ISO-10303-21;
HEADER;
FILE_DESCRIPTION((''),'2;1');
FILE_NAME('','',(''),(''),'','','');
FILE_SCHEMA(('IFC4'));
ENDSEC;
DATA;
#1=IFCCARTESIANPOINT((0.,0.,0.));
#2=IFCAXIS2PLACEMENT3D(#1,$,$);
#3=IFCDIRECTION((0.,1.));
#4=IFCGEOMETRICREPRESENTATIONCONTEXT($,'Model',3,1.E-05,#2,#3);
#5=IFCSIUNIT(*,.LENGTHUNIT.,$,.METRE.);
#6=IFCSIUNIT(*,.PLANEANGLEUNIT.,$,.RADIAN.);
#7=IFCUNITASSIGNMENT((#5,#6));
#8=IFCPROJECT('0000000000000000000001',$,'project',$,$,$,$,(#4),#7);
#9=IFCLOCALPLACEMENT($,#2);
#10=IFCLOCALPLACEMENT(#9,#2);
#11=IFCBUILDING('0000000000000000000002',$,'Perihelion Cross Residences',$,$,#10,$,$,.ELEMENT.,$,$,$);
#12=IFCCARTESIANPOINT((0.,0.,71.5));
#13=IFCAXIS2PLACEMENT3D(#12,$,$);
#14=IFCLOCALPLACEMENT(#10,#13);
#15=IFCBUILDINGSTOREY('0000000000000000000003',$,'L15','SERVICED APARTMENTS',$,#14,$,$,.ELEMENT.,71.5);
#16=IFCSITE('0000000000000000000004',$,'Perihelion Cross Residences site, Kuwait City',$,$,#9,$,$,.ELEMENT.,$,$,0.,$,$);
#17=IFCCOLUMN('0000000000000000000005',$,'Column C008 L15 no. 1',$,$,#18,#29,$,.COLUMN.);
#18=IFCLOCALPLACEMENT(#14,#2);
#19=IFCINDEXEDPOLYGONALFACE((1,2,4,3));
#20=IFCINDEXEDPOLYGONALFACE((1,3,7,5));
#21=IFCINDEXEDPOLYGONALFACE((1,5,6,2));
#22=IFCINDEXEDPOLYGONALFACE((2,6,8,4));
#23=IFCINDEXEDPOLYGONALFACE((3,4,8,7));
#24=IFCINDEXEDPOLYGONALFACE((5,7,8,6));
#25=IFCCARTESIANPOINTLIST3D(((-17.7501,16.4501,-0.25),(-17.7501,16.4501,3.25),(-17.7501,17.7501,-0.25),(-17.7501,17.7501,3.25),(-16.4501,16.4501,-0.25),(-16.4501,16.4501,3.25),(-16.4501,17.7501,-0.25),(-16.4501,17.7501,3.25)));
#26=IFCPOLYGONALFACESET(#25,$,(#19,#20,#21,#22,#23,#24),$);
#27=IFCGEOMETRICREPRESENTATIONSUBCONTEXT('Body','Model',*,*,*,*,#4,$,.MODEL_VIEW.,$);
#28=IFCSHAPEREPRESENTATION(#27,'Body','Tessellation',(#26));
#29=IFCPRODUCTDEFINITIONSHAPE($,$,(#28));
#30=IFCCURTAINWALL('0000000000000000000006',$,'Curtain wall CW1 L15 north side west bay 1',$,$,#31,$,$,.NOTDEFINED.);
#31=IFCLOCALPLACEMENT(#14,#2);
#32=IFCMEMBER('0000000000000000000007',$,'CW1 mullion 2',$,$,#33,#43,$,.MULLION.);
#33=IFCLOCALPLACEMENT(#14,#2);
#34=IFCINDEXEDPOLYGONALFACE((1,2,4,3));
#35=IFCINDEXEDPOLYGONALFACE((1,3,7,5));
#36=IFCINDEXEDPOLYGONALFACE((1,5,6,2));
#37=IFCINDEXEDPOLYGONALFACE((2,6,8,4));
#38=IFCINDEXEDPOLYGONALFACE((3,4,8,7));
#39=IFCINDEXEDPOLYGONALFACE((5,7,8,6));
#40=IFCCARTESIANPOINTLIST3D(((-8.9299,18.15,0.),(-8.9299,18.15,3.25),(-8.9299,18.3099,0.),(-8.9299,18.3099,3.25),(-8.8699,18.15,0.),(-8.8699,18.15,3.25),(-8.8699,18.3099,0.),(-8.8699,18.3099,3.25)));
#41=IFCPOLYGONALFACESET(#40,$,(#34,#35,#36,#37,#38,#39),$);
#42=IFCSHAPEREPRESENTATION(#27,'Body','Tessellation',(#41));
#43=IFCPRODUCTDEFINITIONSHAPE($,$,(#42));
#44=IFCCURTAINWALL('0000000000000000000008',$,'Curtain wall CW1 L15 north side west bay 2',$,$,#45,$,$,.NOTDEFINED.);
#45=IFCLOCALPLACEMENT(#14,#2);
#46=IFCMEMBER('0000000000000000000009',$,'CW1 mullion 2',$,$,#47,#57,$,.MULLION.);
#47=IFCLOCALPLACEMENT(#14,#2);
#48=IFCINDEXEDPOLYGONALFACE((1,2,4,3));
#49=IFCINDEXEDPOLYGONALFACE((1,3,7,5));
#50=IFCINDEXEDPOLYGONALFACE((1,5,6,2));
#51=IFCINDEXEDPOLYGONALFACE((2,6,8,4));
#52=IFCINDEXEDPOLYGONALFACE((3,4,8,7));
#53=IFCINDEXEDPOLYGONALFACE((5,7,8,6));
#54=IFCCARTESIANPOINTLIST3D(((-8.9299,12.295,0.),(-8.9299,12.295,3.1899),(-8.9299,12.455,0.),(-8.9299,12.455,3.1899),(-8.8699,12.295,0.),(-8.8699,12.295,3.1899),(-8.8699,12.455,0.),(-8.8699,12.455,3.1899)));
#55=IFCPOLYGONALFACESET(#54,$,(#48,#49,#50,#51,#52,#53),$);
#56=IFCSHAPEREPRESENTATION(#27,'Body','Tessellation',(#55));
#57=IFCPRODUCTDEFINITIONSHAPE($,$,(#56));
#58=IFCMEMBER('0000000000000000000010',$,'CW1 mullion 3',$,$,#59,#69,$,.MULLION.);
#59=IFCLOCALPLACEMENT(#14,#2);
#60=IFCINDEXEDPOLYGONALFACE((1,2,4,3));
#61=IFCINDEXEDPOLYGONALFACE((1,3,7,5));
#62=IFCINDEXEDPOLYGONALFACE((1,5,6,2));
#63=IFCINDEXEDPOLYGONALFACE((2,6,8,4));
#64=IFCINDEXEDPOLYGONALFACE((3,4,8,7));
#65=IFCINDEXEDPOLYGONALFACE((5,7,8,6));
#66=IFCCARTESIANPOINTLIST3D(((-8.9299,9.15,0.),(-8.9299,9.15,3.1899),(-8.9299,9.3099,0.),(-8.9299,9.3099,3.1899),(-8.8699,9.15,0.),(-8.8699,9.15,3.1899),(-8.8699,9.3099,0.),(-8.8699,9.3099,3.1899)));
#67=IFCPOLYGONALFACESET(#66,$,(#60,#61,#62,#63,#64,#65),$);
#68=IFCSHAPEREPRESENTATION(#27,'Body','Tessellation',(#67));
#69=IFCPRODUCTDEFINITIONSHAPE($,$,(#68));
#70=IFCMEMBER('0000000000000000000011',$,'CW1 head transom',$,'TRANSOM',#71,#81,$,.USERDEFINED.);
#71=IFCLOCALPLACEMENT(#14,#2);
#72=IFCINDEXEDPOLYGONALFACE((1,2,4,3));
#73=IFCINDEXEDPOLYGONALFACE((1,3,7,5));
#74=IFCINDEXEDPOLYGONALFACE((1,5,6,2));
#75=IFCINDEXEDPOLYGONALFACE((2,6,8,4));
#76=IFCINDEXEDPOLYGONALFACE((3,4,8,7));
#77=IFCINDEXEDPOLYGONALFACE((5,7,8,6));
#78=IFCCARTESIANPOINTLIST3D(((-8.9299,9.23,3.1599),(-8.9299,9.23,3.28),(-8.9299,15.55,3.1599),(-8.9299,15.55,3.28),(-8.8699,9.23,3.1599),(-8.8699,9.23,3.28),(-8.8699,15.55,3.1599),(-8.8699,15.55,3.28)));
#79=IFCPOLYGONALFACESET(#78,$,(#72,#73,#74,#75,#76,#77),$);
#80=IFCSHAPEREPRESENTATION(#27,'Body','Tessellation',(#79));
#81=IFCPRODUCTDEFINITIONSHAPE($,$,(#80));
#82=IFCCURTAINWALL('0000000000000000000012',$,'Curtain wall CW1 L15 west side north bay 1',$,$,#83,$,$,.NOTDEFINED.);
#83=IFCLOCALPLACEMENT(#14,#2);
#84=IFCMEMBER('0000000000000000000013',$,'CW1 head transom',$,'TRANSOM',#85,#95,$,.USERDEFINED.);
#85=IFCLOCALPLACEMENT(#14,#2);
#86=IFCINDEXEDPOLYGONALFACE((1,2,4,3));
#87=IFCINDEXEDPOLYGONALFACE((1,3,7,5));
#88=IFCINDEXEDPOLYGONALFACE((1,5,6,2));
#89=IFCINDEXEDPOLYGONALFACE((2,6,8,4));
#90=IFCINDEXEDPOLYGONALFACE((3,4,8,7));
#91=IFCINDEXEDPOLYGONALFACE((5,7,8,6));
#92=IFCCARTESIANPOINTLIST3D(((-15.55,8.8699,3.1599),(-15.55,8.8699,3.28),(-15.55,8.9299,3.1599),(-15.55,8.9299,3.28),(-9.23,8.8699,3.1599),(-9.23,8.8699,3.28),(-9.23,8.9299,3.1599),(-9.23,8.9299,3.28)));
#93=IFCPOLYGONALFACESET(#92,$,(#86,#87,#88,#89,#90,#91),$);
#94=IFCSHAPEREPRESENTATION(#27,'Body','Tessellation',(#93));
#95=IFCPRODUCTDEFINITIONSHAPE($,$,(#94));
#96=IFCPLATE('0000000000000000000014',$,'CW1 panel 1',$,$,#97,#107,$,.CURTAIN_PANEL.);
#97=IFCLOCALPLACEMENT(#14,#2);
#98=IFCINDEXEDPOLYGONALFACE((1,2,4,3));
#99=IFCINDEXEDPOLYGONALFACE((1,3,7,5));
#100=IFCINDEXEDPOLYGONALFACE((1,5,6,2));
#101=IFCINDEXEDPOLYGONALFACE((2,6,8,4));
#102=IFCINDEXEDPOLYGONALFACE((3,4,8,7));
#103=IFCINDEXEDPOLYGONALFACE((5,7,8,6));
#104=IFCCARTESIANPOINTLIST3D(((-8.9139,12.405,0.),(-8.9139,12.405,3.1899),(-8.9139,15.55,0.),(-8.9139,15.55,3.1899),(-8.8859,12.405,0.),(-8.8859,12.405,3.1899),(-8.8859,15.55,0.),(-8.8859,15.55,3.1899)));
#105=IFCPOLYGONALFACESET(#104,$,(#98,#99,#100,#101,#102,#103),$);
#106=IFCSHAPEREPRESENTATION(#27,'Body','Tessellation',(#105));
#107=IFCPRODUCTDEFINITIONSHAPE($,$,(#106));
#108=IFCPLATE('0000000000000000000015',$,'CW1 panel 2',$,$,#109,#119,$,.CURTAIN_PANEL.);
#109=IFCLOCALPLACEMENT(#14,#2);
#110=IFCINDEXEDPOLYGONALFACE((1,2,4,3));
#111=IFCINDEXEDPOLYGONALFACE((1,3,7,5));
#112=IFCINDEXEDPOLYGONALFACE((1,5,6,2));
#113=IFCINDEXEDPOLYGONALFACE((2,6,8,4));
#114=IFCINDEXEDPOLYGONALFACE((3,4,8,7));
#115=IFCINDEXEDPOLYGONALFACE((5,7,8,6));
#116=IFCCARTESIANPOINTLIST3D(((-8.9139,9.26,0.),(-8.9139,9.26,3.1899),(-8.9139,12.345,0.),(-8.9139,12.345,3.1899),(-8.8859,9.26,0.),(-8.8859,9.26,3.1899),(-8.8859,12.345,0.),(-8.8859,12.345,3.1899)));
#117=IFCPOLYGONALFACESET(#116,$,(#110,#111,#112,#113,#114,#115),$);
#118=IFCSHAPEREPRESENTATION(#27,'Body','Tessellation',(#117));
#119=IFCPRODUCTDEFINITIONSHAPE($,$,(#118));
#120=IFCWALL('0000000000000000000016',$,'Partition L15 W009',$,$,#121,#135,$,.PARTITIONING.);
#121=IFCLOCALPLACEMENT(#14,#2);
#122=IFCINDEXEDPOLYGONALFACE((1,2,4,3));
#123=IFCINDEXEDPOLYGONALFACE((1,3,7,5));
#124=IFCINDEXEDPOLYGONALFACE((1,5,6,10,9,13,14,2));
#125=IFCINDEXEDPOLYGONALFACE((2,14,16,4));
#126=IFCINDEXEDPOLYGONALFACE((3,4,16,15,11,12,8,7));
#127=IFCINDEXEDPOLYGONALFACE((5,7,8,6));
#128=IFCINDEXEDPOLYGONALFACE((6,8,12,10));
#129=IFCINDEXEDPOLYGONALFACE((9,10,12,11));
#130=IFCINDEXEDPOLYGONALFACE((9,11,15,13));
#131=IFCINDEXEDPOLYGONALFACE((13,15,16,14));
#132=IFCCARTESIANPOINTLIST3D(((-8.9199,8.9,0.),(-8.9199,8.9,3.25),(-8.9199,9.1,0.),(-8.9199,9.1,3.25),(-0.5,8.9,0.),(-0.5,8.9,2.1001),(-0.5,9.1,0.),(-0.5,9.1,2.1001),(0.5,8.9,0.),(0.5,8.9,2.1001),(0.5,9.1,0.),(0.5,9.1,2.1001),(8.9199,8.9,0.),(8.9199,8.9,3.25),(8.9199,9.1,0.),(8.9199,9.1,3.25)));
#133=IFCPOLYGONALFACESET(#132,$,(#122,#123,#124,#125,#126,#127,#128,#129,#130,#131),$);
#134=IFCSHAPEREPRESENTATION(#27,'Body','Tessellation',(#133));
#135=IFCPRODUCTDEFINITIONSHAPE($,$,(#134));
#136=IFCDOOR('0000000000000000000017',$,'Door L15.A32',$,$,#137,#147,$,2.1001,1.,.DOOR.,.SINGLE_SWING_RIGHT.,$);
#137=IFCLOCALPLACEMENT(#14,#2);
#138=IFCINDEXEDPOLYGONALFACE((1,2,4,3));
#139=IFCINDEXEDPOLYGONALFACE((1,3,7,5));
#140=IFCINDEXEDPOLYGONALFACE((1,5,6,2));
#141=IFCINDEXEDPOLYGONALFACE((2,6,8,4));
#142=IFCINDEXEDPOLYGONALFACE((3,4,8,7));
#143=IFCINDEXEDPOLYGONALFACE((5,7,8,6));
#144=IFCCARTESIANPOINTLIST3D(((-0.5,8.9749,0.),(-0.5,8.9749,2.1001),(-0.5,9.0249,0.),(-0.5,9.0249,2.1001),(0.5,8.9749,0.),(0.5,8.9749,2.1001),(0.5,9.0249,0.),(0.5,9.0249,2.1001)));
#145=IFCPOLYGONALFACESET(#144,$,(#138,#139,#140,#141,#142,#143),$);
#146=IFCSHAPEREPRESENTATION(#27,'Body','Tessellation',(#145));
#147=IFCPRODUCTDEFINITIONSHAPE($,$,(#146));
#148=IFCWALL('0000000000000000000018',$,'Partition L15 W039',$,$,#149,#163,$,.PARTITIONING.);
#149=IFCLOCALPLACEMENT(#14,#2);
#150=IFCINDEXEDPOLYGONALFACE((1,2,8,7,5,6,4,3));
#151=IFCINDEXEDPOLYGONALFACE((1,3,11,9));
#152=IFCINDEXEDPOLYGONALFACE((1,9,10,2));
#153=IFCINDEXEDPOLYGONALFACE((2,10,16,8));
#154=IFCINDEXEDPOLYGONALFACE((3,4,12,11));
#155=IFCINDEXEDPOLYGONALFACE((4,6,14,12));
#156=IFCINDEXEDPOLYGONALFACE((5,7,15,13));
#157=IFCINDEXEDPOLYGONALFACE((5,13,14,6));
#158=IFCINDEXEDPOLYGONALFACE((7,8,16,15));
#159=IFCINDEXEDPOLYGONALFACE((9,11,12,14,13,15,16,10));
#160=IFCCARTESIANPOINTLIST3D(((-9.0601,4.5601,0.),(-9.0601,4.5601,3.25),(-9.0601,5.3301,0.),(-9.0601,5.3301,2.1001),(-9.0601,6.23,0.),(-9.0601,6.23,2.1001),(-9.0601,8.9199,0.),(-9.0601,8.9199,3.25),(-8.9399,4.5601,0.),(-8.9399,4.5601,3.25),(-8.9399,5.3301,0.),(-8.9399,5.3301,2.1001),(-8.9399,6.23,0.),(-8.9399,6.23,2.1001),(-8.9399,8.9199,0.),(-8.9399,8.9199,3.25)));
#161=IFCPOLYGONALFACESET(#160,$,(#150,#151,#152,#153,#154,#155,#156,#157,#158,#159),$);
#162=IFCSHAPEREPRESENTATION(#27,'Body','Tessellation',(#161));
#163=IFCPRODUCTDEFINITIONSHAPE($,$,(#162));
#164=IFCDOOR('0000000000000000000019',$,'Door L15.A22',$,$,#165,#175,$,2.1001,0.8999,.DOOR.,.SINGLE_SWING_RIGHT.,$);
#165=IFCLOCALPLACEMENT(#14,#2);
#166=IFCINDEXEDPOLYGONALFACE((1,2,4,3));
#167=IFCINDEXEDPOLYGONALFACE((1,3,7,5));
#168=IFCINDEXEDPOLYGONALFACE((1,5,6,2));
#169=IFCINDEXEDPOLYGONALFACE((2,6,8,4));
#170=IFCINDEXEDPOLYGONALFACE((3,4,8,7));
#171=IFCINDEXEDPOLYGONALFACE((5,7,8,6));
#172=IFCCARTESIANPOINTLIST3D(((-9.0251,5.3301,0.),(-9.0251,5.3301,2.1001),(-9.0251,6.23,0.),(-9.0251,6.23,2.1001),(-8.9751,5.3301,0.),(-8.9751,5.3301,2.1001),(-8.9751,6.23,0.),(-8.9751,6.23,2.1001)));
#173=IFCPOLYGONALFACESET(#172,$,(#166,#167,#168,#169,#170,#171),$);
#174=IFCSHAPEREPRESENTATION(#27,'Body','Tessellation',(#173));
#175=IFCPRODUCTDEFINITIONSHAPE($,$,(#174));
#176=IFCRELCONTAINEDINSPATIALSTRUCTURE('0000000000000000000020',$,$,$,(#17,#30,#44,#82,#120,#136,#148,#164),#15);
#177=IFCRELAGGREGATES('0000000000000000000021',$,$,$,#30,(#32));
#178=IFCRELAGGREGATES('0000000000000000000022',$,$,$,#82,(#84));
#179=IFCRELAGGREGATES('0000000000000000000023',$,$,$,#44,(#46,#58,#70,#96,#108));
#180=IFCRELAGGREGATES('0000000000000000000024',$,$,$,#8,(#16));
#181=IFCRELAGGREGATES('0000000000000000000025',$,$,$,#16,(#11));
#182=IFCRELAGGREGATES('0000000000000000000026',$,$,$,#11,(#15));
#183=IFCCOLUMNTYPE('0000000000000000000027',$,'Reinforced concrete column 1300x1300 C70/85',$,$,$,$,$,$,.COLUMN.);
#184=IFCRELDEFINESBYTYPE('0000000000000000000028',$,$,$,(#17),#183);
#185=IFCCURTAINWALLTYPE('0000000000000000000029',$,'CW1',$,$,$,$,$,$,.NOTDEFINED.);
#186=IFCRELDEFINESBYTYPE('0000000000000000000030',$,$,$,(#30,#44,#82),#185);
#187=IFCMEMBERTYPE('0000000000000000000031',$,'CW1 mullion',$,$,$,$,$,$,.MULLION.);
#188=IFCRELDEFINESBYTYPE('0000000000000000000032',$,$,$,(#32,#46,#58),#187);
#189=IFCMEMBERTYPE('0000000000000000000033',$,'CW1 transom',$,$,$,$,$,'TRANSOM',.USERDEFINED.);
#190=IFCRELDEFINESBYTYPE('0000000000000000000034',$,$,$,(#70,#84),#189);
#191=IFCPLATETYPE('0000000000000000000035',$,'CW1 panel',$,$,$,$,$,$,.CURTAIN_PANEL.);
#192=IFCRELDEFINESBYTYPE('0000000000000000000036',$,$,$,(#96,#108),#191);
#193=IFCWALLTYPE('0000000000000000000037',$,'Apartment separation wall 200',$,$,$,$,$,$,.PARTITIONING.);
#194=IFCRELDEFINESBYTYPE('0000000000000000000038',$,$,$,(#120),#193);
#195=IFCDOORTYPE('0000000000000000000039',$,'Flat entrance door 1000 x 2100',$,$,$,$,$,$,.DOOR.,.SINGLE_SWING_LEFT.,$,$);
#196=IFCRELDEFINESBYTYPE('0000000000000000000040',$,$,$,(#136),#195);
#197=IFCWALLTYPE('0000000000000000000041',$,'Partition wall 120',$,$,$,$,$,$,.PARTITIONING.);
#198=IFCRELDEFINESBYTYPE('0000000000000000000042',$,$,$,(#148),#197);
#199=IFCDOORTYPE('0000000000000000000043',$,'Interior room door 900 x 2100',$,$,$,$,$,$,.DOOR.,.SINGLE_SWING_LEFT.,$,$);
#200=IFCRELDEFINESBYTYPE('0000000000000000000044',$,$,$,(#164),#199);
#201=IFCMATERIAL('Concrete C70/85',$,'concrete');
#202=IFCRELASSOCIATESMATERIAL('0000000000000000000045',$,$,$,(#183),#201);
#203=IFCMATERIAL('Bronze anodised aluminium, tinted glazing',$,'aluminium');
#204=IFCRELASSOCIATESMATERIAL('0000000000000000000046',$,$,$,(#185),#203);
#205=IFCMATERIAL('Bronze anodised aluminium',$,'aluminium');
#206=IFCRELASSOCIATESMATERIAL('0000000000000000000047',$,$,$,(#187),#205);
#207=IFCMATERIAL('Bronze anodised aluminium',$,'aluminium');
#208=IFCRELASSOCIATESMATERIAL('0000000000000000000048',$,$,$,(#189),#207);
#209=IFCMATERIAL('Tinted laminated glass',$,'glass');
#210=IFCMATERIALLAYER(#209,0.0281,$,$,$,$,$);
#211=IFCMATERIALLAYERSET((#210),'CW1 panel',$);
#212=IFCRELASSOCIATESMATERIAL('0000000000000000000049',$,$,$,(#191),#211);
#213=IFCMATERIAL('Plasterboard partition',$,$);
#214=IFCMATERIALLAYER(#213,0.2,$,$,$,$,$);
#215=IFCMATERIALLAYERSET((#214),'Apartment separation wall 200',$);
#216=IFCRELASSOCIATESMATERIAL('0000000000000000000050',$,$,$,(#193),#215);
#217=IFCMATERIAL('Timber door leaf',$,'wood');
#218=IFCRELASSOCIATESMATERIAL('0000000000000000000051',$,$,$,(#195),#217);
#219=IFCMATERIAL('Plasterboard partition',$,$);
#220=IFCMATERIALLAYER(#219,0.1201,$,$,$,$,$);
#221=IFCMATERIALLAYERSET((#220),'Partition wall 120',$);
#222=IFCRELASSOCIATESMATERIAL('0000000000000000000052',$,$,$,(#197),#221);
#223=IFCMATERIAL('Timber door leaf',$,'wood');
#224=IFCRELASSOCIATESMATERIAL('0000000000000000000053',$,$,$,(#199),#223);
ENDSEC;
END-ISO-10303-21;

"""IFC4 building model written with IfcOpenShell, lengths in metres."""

from ifc_helpers import new_model, si_unit, direction, frame, frame_2d, origin, origin_2d, place, context, subcontext, project, spatial, rectangle, extrude, material, layer, layer_set, material_profile, profile_set, type_object, element, fill, aggregate, save


model = new_model("IFC4")

# Units and contexts
model_context = context("Model", 3, precision=1e-05, world=origin(), true_north=direction((0.0, 1.0)))
body_context = subcontext(model_context, "Body", "Model", "MODEL_VIEW")
ifc_project = project(units=[si_unit("LENGTHUNIT", "METRE"), si_unit("PLANEANGLEUNIT", "RADIAN")], contexts=[model_context])

# Site, building, storey
site_placement = place(None, origin())
site = spatial("IfcSite", under=ifc_project, at=site_placement, Name="Perihelion Cross Residences site, Kuwait City", CompositionType="ELEMENT", RefElevation=0.0)
building_placement = place(site_placement, origin())
building = spatial("IfcBuilding", under=site, at=building_placement, Name="Perihelion Cross Residences", CompositionType="ELEMENT")
storey_placement = place(building_placement, frame((0.0, 0.0, 71.5)))
storey = spatial("IfcBuildingStorey", under=building, at=storey_placement, Name="L15", Description="SERVICED APARTMENTS", CompositionType="ELEMENT", Elevation=71.5)

# Column
ifc_material_1 = material(Name="Concrete C70/85", Category="concrete")
ifc_material_profile_1 = material_profile(ifc_material_1, rectangle(XDim=1.3, YDim=1.3, at=origin_2d()), Name="RC 1300x1300")
ifc_profile_set_1 = profile_set([ifc_material_profile_1], Name="Concrete C70/85")
column_type = type_object("IfcColumnType", Name="Reinforced concrete column 1300x1300 C70/85", PredefinedType="COLUMN", material=ifc_profile_set_1)
column_placement = place(storey_placement, frame((-17.1001, 17.1001, -0.25), z_axis=(0.0, 0.0, 1.0), x_axis=(1.0, 0.0, 0.0)))
element("IfcColumn", 1, at=column_placement, inside=storey, type_object=column_type, Name="Column C008 L15 no. 1", PredefinedType="COLUMN", context=body_context, shape_type="SweptSolid", body=[
    extrude(rectangle(XDim=1.3, YDim=1.3, at=origin_2d()), origin(), (0.0, 0.0, 1.0), 3.5),
])

# Curtain wall, member
ifc_material_2 = material(Name="Bronze anodised aluminium, tinted glazing", Category="aluminium")
curtain_wall_type = type_object("IfcCurtainWallType", Name="CW1", PredefinedType="NOTDEFINED", material=ifc_material_2)
curtain_wall_1_placement = place(storey_placement, origin())
curtain_wall_1 = element("IfcCurtainWall", 2, at=curtain_wall_1_placement, inside=storey, type_object=curtain_wall_type, Name="Curtain wall CW1 L15 north side west bay 1", PredefinedType="NOTDEFINED")
ifc_material_3 = material(Name="Bronze anodised aluminium", Category="aluminium")
ifc_material_profile_2 = material_profile(ifc_material_3, rectangle(XDim=0.0601, YDim=0.1599, at=origin_2d()), Name="CW1 mullion")
ifc_profile_set_2 = profile_set([ifc_material_profile_2], Name="Bronze anodised aluminium")
member_type_1 = type_object("IfcMemberType", Name="CW1 mullion", PredefinedType="MULLION", material=ifc_profile_set_2)
member_1_placement = place(storey_placement, frame((-8.8999, 18.23, 0.0), z_axis=(0.0, 0.0, 1.0), x_axis=(1.0, 0.0, 0.0)))
member_1 = element("IfcMember", 3, at=member_1_placement, type_object=member_type_1, Name="CW1 mullion 2", PredefinedType="MULLION", context=body_context, shape_type="SweptSolid", body=[
    extrude(rectangle(XDim=0.0601, YDim=0.1599, at=origin_2d()), origin(), (0.0, 0.0, 1.0), 3.25),
])
aggregate(curtain_wall_1, [member_1])

# Curtain wall, members
curtain_wall_2_placement = place(storey_placement, origin())
curtain_wall_2 = element("IfcCurtainWall", 4, at=curtain_wall_2_placement, inside=storey, type_object=curtain_wall_type, Name="Curtain wall CW1 L15 north side west bay 2", PredefinedType="NOTDEFINED")
member_2_placement = place(storey_placement, frame((-8.8999, 12.375, 0.0), z_axis=(0.0, 0.0, 1.0), x_axis=(1.0, 0.0, 0.0)))
member_2 = element("IfcMember", 5, at=member_2_placement, type_object=member_type_1, Name="CW1 mullion 2", PredefinedType="MULLION", context=body_context, shape_type="SweptSolid", body=[
    extrude(rectangle(XDim=0.0601, YDim=0.1599, at=origin_2d()), origin(), (0.0, 0.0, 1.0), 3.1899),
])
member_3_placement = place(storey_placement, frame((-8.8999, 9.23, 0.0), z_axis=(0.0, 0.0, 1.0), x_axis=(1.0, 0.0, 0.0)))
member_3 = element("IfcMember", 6, at=member_3_placement, type_object=member_type_1, Name="CW1 mullion 3", PredefinedType="MULLION", context=body_context, shape_type="SweptSolid", body=[
    extrude(rectangle(XDim=0.0601, YDim=0.1599, at=origin_2d()), origin(), (0.0, 0.0, 1.0), 3.1899),
])
ifc_material_4 = material(Name="Bronze anodised aluminium", Category="aluminium")
ifc_material_profile_3 = material_profile(ifc_material_4, rectangle(XDim=0.0601, YDim=0.1201, at=origin_2d()), Name="CW1 transom")
ifc_profile_set_3 = profile_set([ifc_material_profile_3], Name="Bronze anodised aluminium")
member_type_2 = type_object("IfcMemberType", Name="CW1 transom", ElementType="TRANSOM", PredefinedType="USERDEFINED", material=ifc_profile_set_3)
member_4_placement = place(storey_placement, frame((-8.8999, 15.55, 3.22), z_axis=(0.0, -1.0, 0.0), x_axis=(1.0, 0.0, 0.0)))
member_4 = element("IfcMember", 7, at=member_4_placement, type_object=member_type_2, Name="CW1 head transom", ObjectType="TRANSOM", PredefinedType="USERDEFINED", context=body_context, shape_type="SweptSolid", body=[
    extrude(rectangle(XDim=0.0601, YDim=0.1201, at=origin_2d()), origin(), (0.0, 0.0, 1.0), 6.3201),
])

# Curtain wall, member
curtain_wall_3_placement = place(storey_placement, origin())
curtain_wall_3 = element("IfcCurtainWall", 8, at=curtain_wall_3_placement, inside=storey, type_object=curtain_wall_type, Name="Curtain wall CW1 L15 west side north bay 1", PredefinedType="NOTDEFINED")
member_5_placement = place(storey_placement, frame((-9.23, 8.8999, 3.22), z_axis=(-1.0, 0.0, 0.0), x_axis=(0.0, -1.0, 0.0)))
member_5 = element("IfcMember", 9, at=member_5_placement, type_object=member_type_2, Name="CW1 head transom", ObjectType="TRANSOM", PredefinedType="USERDEFINED", context=body_context, shape_type="SweptSolid", body=[
    extrude(rectangle(XDim=0.0601, YDim=0.1201, at=origin_2d()), origin(), (0.0, 0.0, 1.0), 6.3201),
])
aggregate(curtain_wall_3, [member_5])

# Plates
ifc_material_5 = material(Name="Tinted laminated glass", Category="glass")
ifc_layer_1 = layer(ifc_material_5, 0.0281)
ifc_layer_set_1 = layer_set([ifc_layer_1], Name="CW1 panel")
plate_type = type_object("IfcPlateType", Name="CW1 panel", PredefinedType="CURTAIN_PANEL", material=ifc_layer_set_1)
plate_1_placement = place(storey_placement, frame((-8.8999, 13.9775, 0.0), z_axis=(0.0, 0.0, 1.0), x_axis=(0.0, -1.0, 0.0)))
plate_1 = element("IfcPlate", 10, at=plate_1_placement, type_object=plate_type, Name="CW1 panel 1", PredefinedType="CURTAIN_PANEL", context=body_context, shape_type="SweptSolid", body=[
    extrude(rectangle(XDim=3.145, YDim=0.0281, at=origin_2d()), origin(), (0.0, 0.0, 1.0), 3.1899),
])
plate_2_placement = place(storey_placement, frame((-8.8999, 10.8025, 0.0), z_axis=(0.0, 0.0, 1.0), x_axis=(0.0, -1.0, 0.0)))
plate_2 = element("IfcPlate", 11, at=plate_2_placement, type_object=plate_type, Name="CW1 panel 2", PredefinedType="CURTAIN_PANEL", context=body_context, shape_type="SweptSolid", body=[
    extrude(rectangle(XDim=3.085, YDim=0.0281, at=origin_2d()), origin(), (0.0, 0.0, 1.0), 3.1899),
])
aggregate(curtain_wall_2, [member_2, member_3, member_4, plate_1, plate_2])

# Walls, openings, doors
ifc_material_6 = material(Name="Plasterboard partition")
ifc_layer_2 = layer(ifc_material_6, 0.2)
ifc_layer_set_2 = layer_set([ifc_layer_2], Name="Apartment separation wall 200")
wall_type_1 = type_object("IfcWallType", Name="Apartment separation wall 200", PredefinedType="PARTITIONING", material=ifc_layer_set_2)
wall_1_placement = place(storey_placement, frame((-8.9199, 9.0, 0.0), z_axis=(0.0, 0.0, 1.0), x_axis=(1.0, 0.0, 0.0)))
wall_1 = element("IfcWall", 12, at=wall_1_placement, inside=storey, type_object=wall_type_1, Name="Partition L15 W009", PredefinedType="PARTITIONING", context=body_context, shape_type="SweptSolid", body=[
    extrude(rectangle(XDim=17.8398, YDim=0.2, at=frame_2d((8.9199, 0.0))), origin(), (0.0, 0.0, 1.0), 3.25),
])
opening_1_placement = place(wall_1_placement, frame((8.4199, 0.0, 0.0)))
opening_1 = element("IfcOpeningElement", 13, at=opening_1_placement, cuts=wall_1, PredefinedType="OPENING", context=body_context, shape_type="SweptSolid", body=[
    extrude(rectangle(XDim=1.0, YDim=2.1001, at=frame_2d((0.5, 1.05))), frame((0.0, 0.1099, 0.0), z_axis=(0.0, -1.0, 0.0), x_axis=(1.0, 0.0, 0.0)), (0.0, 0.0, 1.0), 0.22),
])
ifc_material_7 = material(Name="Timber door leaf", Category="wood")
door_type_1 = type_object("IfcDoorType", Name="Flat entrance door 1000 x 2100", OperationType="SINGLE_SWING_LEFT", PredefinedType="DOOR", material=ifc_material_7)
door_1_placement = place(opening_1_placement, origin())
door_1 = element("IfcDoor", 14, at=door_1_placement, inside=storey, type_object=door_type_1, Name="Door L15.A32", OperationType="SINGLE_SWING_RIGHT", OverallHeight=2.1001, OverallWidth=1.0, PredefinedType="DOOR", context=body_context, shape_type="SweptSolid", body=[
    extrude(rectangle(XDim=1.0, YDim=2.1001, at=frame_2d((0.5, 1.05))), frame((0.0, 0.0249, 0.0), z_axis=(0.0, -1.0, 0.0), x_axis=(1.0, 0.0, 0.0)), (0.0, 0.0, 1.0), 0.05),
])
fill(opening_1, door_1)
ifc_material_8 = material(Name="Plasterboard partition")
ifc_layer_3 = layer(ifc_material_8, 0.1201)
ifc_layer_set_3 = layer_set([ifc_layer_3], Name="Partition wall 120")
wall_type_2 = type_object("IfcWallType", Name="Partition wall 120", PredefinedType="PARTITIONING", material=ifc_layer_set_3)
wall_2_placement = place(storey_placement, frame((-9.0, 8.9199, 0.0), z_axis=(0.0, 0.0, 1.0), x_axis=(0.0, -1.0, 0.0)))
wall_2 = element("IfcWall", 15, at=wall_2_placement, inside=storey, type_object=wall_type_2, Name="Partition L15 W039", PredefinedType="PARTITIONING", context=body_context, shape_type="SweptSolid", body=[
    extrude(rectangle(XDim=4.3599, YDim=0.1201, at=frame_2d((2.1799, 0.0))), origin(), (0.0, 0.0, 1.0), 3.25),
])
opening_2_placement = place(wall_2_placement, frame((2.6899, 0.0, 0.0)))
opening_2 = element("IfcOpeningElement", 16, at=opening_2_placement, cuts=wall_2, PredefinedType="OPENING", context=body_context, shape_type="SweptSolid", body=[
    extrude(rectangle(XDim=0.8999, YDim=2.1001, at=frame_2d((0.45, 1.05))), frame((0.0, 0.0701, 0.0), z_axis=(0.0, -1.0, 0.0), x_axis=(1.0, 0.0, 0.0)), (0.0, 0.0, 1.0), 0.1401),
])
ifc_material_9 = material(Name="Timber door leaf", Category="wood")
door_type_2 = type_object("IfcDoorType", Name="Interior room door 900 x 2100", OperationType="SINGLE_SWING_LEFT", PredefinedType="DOOR", material=ifc_material_9)
door_2_placement = place(opening_2_placement, origin())
door_2 = element("IfcDoor", 17, at=door_2_placement, inside=storey, type_object=door_type_2, Name="Door L15.A22", OperationType="SINGLE_SWING_RIGHT", OverallHeight=2.1001, OverallWidth=0.8999, PredefinedType="DOOR", context=body_context, shape_type="SweptSolid", body=[
    extrude(rectangle(XDim=0.8999, YDim=2.1001, at=frame_2d((0.45, 1.05))), frame((0.0, 0.0249, 0.0), z_axis=(0.0, -1.0, 0.0), x_axis=(1.0, 0.0, 0.0)), (0.0, 0.0, 1.0), 0.05),
])
fill(opening_2, door_2)

save(model, "model.ifc")
